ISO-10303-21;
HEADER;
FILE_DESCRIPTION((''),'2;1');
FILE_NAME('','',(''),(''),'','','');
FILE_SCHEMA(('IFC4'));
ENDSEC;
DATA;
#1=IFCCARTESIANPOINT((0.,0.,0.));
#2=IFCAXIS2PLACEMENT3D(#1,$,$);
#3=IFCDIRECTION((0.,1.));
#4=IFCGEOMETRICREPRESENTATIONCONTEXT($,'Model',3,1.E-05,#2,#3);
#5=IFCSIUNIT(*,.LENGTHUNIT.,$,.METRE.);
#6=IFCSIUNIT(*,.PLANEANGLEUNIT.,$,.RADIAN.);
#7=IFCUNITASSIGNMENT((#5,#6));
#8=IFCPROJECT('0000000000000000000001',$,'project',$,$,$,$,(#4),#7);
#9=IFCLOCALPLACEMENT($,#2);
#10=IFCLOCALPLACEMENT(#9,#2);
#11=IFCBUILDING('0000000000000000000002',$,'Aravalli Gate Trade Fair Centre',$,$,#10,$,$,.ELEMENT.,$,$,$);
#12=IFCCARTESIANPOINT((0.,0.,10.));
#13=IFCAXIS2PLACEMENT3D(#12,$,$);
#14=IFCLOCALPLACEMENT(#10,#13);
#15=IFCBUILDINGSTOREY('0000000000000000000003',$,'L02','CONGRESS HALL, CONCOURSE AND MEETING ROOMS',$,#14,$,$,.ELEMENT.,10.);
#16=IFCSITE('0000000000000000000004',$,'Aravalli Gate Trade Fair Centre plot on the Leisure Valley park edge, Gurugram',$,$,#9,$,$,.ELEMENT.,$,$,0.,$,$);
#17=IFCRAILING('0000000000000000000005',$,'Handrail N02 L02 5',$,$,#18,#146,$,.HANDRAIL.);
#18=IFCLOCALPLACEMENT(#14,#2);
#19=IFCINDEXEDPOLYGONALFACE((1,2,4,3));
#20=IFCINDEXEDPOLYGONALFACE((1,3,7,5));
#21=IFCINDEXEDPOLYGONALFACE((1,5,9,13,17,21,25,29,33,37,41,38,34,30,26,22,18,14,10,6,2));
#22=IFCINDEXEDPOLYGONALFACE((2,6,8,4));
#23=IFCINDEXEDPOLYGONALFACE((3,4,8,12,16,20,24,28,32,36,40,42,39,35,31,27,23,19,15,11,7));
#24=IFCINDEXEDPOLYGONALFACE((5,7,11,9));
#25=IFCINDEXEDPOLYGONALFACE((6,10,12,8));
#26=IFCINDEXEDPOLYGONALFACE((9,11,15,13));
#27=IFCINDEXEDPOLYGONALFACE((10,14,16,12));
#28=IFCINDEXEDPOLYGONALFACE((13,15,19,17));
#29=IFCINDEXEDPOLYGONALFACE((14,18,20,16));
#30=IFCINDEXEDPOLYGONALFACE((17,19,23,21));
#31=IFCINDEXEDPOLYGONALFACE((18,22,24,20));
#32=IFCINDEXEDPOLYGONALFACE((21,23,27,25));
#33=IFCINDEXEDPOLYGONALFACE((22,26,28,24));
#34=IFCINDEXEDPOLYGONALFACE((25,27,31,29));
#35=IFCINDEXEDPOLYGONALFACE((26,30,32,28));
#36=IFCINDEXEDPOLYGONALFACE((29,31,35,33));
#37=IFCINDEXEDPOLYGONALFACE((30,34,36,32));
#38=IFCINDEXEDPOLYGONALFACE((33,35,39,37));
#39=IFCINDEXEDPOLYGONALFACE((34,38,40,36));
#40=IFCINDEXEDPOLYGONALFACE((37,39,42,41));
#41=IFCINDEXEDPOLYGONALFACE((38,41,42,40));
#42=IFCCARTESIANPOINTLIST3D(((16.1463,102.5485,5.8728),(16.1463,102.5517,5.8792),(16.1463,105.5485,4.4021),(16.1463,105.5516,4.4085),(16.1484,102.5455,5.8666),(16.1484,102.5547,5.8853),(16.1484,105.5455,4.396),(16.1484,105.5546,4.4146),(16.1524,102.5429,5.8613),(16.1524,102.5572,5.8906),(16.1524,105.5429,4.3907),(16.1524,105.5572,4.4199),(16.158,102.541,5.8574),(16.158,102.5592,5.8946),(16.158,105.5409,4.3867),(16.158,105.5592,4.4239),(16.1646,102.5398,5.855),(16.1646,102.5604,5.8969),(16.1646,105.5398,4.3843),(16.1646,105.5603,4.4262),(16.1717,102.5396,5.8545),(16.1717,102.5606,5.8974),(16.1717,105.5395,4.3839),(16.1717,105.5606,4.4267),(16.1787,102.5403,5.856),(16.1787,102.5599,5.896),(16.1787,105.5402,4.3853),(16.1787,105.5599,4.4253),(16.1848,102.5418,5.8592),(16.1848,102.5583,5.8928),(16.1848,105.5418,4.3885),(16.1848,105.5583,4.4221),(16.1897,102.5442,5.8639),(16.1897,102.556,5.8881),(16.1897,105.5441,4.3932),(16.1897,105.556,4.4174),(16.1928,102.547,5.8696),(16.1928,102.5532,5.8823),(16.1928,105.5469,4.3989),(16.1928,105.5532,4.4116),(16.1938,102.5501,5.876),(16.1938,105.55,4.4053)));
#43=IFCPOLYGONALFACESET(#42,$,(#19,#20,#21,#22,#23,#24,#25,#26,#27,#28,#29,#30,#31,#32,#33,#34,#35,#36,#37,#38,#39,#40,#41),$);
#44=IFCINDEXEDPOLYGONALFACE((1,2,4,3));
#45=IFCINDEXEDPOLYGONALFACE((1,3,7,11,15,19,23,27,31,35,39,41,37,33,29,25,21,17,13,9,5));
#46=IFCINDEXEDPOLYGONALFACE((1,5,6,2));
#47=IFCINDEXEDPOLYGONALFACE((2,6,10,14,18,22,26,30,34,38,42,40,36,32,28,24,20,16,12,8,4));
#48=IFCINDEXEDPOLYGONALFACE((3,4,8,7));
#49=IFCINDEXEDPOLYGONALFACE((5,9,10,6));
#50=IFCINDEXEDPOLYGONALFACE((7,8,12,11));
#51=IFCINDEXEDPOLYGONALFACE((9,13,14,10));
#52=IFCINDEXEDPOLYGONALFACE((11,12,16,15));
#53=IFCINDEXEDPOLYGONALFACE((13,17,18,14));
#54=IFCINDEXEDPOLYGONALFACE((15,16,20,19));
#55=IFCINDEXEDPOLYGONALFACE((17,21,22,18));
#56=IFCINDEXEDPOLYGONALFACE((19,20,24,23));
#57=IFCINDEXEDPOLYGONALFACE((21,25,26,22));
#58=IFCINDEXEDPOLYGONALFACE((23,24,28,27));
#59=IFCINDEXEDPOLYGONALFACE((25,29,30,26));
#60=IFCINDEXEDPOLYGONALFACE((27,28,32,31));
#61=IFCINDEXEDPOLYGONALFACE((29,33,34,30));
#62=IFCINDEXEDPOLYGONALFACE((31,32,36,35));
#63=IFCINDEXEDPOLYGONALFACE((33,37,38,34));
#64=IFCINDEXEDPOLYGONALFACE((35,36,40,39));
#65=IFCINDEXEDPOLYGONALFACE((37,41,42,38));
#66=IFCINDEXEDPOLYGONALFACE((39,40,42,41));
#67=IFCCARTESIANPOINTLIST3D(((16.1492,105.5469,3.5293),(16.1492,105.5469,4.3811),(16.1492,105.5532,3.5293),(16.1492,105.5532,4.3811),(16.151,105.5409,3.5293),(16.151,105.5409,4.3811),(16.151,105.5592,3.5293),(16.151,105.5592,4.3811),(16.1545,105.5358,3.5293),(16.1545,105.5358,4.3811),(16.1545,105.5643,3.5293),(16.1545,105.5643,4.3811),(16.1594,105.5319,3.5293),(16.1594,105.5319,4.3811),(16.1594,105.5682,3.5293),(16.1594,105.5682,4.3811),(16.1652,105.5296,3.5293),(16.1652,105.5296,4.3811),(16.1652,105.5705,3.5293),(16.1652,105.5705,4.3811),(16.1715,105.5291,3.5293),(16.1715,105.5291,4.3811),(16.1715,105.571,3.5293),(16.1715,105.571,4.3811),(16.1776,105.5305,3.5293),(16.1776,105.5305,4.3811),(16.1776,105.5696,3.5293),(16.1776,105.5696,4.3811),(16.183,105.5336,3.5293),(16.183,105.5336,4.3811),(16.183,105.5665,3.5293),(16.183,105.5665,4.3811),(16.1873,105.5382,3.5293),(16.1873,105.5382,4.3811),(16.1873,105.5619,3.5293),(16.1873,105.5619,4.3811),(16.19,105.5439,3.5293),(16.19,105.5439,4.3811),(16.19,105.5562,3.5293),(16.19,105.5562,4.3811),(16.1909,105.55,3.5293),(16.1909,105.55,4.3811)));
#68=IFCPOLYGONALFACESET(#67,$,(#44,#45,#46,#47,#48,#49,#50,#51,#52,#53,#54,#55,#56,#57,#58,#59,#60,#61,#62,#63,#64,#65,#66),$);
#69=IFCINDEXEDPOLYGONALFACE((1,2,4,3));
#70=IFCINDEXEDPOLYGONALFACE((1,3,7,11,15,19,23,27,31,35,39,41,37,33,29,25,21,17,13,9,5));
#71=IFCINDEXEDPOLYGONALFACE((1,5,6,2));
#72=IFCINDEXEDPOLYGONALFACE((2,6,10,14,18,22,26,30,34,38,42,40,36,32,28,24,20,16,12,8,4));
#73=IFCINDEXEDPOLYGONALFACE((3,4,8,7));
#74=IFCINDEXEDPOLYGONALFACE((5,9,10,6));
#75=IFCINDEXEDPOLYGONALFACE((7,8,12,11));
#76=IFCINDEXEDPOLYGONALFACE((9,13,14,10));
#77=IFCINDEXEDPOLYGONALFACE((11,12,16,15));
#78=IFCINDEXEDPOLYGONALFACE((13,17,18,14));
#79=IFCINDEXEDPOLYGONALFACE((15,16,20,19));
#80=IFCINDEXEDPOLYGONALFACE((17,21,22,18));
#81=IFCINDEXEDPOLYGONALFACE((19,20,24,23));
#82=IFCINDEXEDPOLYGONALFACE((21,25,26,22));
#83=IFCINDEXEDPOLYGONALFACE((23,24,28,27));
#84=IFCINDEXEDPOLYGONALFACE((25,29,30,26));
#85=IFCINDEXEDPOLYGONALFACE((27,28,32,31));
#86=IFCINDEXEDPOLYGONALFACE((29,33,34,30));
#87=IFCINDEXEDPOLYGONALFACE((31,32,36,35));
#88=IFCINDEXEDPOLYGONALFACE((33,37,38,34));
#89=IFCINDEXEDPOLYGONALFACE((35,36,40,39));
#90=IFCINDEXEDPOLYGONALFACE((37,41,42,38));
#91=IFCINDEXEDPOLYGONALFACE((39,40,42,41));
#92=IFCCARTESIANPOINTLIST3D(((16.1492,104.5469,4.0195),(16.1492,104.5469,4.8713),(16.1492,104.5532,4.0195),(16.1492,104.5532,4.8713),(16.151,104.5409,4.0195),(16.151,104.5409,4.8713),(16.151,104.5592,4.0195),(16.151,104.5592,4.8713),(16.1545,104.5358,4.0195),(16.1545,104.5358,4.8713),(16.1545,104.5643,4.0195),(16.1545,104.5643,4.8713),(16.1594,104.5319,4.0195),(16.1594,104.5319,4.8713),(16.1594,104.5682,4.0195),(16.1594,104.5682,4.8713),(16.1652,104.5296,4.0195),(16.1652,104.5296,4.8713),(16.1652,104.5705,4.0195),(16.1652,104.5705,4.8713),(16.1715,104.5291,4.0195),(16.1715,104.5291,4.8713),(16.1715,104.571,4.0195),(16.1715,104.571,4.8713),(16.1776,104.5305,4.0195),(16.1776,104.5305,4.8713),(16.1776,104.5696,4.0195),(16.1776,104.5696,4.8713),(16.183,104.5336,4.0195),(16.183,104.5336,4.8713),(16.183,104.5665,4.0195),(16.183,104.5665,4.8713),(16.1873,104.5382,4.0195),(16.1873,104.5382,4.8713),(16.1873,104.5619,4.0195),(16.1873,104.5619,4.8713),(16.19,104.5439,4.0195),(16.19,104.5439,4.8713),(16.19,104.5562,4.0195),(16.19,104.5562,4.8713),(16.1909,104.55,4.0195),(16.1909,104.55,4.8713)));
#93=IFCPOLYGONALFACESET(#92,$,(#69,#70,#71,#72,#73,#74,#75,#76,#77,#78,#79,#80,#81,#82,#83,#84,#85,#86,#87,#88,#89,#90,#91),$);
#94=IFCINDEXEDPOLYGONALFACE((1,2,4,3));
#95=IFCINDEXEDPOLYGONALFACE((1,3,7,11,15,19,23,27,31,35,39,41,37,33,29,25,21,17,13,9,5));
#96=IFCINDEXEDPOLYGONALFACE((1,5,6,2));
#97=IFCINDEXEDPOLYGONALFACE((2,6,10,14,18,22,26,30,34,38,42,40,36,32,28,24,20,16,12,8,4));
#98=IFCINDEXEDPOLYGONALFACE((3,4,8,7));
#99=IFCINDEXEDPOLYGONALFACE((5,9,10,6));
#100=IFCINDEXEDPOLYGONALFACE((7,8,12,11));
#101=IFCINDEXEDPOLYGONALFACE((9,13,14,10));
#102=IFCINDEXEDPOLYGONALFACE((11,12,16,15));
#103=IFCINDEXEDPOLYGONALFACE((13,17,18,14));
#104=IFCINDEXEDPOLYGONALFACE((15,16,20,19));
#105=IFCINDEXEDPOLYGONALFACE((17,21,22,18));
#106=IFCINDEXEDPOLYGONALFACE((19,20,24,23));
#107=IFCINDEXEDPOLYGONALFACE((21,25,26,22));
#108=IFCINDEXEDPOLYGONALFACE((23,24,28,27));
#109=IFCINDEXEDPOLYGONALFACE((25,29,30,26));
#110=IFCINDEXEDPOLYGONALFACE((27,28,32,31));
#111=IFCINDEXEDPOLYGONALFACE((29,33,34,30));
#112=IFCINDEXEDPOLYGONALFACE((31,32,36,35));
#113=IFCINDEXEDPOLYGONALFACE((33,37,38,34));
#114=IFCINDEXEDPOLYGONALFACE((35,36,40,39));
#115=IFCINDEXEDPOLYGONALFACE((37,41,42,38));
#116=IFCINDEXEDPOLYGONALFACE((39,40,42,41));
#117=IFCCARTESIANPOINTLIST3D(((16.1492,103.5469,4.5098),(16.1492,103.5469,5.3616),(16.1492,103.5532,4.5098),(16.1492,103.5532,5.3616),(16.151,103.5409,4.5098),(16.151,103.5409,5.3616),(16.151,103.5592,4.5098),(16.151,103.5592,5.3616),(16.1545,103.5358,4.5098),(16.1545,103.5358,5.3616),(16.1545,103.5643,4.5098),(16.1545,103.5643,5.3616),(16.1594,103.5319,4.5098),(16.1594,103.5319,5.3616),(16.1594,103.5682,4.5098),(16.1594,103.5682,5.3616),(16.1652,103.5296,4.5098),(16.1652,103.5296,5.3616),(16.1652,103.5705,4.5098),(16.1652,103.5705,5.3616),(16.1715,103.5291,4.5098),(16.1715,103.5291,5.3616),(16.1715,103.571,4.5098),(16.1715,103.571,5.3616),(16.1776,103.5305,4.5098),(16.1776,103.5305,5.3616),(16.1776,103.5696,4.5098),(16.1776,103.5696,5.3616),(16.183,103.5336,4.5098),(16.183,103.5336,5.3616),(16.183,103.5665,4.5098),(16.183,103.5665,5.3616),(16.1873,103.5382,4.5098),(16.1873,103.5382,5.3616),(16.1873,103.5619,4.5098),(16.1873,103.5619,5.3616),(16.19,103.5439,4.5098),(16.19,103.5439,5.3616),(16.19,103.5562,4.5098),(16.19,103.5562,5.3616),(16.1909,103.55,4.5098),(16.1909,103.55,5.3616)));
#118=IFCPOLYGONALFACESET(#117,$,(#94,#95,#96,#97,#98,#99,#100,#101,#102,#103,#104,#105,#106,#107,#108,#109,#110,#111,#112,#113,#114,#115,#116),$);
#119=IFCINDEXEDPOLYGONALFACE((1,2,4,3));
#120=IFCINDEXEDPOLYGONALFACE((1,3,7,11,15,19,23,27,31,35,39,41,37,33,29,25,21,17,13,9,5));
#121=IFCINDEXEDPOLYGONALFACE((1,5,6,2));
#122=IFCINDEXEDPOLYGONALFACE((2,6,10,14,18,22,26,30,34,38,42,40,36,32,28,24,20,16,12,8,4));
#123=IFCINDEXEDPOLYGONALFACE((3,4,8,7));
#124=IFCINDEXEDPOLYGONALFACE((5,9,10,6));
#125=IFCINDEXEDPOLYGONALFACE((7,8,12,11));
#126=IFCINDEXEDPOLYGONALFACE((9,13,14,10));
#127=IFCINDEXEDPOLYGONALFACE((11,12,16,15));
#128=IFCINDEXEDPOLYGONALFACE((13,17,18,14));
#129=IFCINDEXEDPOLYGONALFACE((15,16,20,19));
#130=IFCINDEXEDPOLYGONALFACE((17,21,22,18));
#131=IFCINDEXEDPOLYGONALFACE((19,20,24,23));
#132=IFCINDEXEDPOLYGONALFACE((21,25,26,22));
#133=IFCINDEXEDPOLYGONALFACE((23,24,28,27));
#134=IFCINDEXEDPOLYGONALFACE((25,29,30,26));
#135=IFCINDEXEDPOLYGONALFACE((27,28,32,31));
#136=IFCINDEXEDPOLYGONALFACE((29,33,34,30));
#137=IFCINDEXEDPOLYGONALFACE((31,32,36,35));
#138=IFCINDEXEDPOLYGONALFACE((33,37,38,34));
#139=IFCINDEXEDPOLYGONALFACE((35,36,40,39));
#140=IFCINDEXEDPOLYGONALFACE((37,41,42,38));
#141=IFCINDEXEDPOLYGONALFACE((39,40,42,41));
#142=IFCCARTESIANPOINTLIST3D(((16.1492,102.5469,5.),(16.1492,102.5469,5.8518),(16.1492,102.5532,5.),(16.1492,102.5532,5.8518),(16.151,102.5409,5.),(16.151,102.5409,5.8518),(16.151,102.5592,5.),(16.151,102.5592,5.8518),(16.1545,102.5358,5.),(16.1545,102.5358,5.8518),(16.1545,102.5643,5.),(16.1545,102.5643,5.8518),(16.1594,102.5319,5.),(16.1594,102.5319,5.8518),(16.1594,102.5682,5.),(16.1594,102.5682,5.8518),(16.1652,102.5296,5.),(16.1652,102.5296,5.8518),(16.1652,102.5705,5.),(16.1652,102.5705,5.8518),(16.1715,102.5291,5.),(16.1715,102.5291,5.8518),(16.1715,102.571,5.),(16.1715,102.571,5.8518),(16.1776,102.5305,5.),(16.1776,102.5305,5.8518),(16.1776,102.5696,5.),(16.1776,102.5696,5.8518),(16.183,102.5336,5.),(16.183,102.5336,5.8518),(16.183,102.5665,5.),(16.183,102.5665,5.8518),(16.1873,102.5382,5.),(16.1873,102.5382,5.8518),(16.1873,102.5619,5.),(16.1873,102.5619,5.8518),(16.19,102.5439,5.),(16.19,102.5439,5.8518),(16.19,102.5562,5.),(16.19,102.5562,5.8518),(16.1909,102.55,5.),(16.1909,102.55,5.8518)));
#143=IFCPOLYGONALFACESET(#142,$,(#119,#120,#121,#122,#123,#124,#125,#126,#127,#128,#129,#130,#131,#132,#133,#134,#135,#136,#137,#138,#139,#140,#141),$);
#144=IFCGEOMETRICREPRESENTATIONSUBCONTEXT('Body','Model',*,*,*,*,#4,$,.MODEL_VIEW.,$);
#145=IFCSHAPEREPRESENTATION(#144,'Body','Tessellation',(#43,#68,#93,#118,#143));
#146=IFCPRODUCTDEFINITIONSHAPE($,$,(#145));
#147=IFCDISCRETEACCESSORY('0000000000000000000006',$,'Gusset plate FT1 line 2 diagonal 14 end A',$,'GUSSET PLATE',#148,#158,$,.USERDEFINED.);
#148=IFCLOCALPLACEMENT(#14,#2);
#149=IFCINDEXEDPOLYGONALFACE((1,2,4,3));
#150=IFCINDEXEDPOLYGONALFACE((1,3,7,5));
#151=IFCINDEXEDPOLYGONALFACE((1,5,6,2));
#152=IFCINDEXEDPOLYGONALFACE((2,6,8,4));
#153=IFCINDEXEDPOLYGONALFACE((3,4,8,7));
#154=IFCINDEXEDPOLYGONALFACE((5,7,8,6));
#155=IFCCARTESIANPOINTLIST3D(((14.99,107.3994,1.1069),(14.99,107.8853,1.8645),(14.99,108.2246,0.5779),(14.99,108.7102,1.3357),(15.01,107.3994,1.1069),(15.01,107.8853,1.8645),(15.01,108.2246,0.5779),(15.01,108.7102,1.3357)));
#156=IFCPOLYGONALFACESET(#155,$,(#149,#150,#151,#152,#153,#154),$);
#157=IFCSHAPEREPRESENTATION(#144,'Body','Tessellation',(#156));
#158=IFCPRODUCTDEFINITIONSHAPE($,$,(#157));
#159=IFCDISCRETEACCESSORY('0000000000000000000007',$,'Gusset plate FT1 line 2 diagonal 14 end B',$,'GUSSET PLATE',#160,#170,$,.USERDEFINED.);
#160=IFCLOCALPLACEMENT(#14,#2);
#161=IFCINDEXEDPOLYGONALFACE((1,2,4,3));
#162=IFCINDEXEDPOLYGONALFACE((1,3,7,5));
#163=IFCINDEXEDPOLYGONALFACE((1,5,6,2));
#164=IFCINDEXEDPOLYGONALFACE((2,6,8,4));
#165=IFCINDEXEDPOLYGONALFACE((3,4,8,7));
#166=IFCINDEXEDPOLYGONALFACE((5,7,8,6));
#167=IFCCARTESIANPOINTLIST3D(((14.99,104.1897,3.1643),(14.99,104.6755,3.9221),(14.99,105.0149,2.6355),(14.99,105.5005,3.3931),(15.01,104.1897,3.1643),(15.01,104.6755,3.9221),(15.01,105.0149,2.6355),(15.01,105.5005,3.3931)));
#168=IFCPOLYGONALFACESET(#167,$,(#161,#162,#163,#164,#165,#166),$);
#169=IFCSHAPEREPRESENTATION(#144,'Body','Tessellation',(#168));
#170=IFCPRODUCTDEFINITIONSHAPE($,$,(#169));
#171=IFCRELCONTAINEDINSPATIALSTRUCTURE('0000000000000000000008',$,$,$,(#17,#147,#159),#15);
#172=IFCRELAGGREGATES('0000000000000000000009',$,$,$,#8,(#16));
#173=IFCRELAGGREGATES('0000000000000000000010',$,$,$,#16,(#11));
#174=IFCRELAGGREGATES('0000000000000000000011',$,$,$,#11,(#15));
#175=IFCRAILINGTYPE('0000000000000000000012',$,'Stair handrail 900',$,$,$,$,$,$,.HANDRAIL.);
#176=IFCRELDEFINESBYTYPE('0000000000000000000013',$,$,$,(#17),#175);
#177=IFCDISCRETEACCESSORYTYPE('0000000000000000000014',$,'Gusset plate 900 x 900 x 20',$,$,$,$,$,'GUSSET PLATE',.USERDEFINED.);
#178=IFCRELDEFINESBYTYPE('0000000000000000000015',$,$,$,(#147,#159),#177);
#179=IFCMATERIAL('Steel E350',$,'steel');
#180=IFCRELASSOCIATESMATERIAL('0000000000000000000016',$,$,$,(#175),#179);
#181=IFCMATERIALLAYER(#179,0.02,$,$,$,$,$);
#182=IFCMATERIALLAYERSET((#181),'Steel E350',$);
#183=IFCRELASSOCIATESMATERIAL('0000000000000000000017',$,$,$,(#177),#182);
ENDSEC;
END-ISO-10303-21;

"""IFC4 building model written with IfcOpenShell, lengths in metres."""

from ifc_helpers import new_model, si_unit, direction, frame, origin, origin_2d, place, context, subcontext, project, spatial, polyline, circle, outline, extrude, material, layer, layer_set, type_object, element, save


model = new_model("IFC4")

# Units and contexts
model_context = context("Model", 3, precision=1e-05, world=origin(), true_north=direction((0.0, 1.0)))
body_context = subcontext(model_context, "Body", "Model", "MODEL_VIEW")
ifc_project = project(units=[si_unit("LENGTHUNIT", "METRE"), si_unit("PLANEANGLEUNIT", "RADIAN")], contexts=[model_context])

# Site, building, storey
site_placement = place(None, origin())
site = spatial("IfcSite", under=ifc_project, at=site_placement, Name="Aravalli Gate Trade Fair Centre plot on the Leisure Valley park edge, Gurugram", CompositionType="ELEMENT", RefElevation=0.0)
building_placement = place(site_placement, origin())
building = spatial("IfcBuilding", under=site, at=building_placement, Name="Aravalli Gate Trade Fair Centre", CompositionType="ELEMENT")
storey_placement = place(building_placement, frame((0.0, 0.0, 10.0)))
storey = spatial("IfcBuildingStorey", under=building, at=storey_placement, Name="L02", Description="CONGRESS HALL, CONCOURSE AND MEETING ROOMS", CompositionType="ELEMENT", Elevation=10.0)

# Shared definitions
ifc_material_1 = material(Name="Steel E350", Category="steel")

# Railing
railing_type_1 = type_object("IfcRailingType", Name="Stair handrail 900", PredefinedType="HANDRAIL", material=ifc_material_1)
railing_1_placement = place(storey_placement, frame((16.1699, 105.55, 3.5293)))
element("IfcRailing", 1, at=railing_1_placement, inside=storey, type_object=railing_type_1, Name="Handrail N02 L02 5", PredefinedType="HANDRAIL", context=body_context, shape_type="SweptSolid", body=[
    extrude(circle(Radius=0.0239, at=origin_2d()), frame((0.0, 0.0, 0.876), z_axis=(0.0, -0.897907, 0.440185), x_axis=(1.0, 0.0, 0.0)), (0.0, 0.0, 1.0), 3.3411),
    extrude(circle(Radius=0.021, at=origin_2d()), origin(), (0.0, 0.0, 1.0), 0.8518),
    extrude(circle(Radius=0.021, at=origin_2d()), frame((0.0, -1.0, 0.4902)), (0.0, 0.0, 1.0), 0.8518),
    extrude(circle(Radius=0.021, at=origin_2d()), frame((0.0, -2.0, 0.9805)), (0.0, 0.0, 1.0), 0.8518),
    extrude(circle(Radius=0.021, at=origin_2d()), frame((0.0, -3.0, 1.4707)), (0.0, 0.0, 1.0), 0.8518),
])

# Discrete accessories
ifc_layer_1 = layer(ifc_material_1, 0.02)
ifc_layer_set_1 = layer_set([ifc_layer_1], Name="Steel E350")
discrete_accessory_type = type_object("IfcDiscreteAccessoryType", Name="Gusset plate 900 x 900 x 20", ElementType="GUSSET PLATE", PredefinedType="USERDEFINED", material=ifc_layer_set_1)
discrete_accessory_1_placement = place(storey_placement, frame((15.01, 107.3994, 1.1069), z_axis=(1.0, 0.0, 0.0), x_axis=(0.0, 0.841841, -0.539725)))
element("IfcDiscreteAccessory", 2, at=discrete_accessory_1_placement, inside=storey, type_object=discrete_accessory_type, Name="Gusset plate FT1 line 2 diagonal 14 end A", ObjectType="GUSSET PLATE", PredefinedType="USERDEFINED", context=body_context, shape_type="SweptSolid", body=[
    extrude(outline(polyline([(0.0, 0.0), (0.9802, 0.0), (0.98, 0.9), (0.0001, 0.9), (0.0, 0.0)])), origin(), (0.0, 0.0, -1.0), 0.02),
])
discrete_accessory_2_placement = place(storey_placement, frame((14.99, 105.0149, 2.6355), z_axis=(-1.0, 0.0, 0.0), x_axis=(0.0, -0.841955, 0.539548)))
element("IfcDiscreteAccessory", 3, at=discrete_accessory_2_placement, inside=storey, type_object=discrete_accessory_type, Name="Gusset plate FT1 line 2 diagonal 14 end B", ObjectType="GUSSET PLATE", PredefinedType="USERDEFINED", context=body_context, shape_type="SweptSolid", body=[
    extrude(outline(polyline([(0.0, 0.0), (0.9801, 0.0), (0.9799, 0.9002), (-0.0001, 0.8998), (0.0, 0.0)])), origin(), (0.0, 0.0, -1.0), 0.02),
])

save(model, "model.ifc")
